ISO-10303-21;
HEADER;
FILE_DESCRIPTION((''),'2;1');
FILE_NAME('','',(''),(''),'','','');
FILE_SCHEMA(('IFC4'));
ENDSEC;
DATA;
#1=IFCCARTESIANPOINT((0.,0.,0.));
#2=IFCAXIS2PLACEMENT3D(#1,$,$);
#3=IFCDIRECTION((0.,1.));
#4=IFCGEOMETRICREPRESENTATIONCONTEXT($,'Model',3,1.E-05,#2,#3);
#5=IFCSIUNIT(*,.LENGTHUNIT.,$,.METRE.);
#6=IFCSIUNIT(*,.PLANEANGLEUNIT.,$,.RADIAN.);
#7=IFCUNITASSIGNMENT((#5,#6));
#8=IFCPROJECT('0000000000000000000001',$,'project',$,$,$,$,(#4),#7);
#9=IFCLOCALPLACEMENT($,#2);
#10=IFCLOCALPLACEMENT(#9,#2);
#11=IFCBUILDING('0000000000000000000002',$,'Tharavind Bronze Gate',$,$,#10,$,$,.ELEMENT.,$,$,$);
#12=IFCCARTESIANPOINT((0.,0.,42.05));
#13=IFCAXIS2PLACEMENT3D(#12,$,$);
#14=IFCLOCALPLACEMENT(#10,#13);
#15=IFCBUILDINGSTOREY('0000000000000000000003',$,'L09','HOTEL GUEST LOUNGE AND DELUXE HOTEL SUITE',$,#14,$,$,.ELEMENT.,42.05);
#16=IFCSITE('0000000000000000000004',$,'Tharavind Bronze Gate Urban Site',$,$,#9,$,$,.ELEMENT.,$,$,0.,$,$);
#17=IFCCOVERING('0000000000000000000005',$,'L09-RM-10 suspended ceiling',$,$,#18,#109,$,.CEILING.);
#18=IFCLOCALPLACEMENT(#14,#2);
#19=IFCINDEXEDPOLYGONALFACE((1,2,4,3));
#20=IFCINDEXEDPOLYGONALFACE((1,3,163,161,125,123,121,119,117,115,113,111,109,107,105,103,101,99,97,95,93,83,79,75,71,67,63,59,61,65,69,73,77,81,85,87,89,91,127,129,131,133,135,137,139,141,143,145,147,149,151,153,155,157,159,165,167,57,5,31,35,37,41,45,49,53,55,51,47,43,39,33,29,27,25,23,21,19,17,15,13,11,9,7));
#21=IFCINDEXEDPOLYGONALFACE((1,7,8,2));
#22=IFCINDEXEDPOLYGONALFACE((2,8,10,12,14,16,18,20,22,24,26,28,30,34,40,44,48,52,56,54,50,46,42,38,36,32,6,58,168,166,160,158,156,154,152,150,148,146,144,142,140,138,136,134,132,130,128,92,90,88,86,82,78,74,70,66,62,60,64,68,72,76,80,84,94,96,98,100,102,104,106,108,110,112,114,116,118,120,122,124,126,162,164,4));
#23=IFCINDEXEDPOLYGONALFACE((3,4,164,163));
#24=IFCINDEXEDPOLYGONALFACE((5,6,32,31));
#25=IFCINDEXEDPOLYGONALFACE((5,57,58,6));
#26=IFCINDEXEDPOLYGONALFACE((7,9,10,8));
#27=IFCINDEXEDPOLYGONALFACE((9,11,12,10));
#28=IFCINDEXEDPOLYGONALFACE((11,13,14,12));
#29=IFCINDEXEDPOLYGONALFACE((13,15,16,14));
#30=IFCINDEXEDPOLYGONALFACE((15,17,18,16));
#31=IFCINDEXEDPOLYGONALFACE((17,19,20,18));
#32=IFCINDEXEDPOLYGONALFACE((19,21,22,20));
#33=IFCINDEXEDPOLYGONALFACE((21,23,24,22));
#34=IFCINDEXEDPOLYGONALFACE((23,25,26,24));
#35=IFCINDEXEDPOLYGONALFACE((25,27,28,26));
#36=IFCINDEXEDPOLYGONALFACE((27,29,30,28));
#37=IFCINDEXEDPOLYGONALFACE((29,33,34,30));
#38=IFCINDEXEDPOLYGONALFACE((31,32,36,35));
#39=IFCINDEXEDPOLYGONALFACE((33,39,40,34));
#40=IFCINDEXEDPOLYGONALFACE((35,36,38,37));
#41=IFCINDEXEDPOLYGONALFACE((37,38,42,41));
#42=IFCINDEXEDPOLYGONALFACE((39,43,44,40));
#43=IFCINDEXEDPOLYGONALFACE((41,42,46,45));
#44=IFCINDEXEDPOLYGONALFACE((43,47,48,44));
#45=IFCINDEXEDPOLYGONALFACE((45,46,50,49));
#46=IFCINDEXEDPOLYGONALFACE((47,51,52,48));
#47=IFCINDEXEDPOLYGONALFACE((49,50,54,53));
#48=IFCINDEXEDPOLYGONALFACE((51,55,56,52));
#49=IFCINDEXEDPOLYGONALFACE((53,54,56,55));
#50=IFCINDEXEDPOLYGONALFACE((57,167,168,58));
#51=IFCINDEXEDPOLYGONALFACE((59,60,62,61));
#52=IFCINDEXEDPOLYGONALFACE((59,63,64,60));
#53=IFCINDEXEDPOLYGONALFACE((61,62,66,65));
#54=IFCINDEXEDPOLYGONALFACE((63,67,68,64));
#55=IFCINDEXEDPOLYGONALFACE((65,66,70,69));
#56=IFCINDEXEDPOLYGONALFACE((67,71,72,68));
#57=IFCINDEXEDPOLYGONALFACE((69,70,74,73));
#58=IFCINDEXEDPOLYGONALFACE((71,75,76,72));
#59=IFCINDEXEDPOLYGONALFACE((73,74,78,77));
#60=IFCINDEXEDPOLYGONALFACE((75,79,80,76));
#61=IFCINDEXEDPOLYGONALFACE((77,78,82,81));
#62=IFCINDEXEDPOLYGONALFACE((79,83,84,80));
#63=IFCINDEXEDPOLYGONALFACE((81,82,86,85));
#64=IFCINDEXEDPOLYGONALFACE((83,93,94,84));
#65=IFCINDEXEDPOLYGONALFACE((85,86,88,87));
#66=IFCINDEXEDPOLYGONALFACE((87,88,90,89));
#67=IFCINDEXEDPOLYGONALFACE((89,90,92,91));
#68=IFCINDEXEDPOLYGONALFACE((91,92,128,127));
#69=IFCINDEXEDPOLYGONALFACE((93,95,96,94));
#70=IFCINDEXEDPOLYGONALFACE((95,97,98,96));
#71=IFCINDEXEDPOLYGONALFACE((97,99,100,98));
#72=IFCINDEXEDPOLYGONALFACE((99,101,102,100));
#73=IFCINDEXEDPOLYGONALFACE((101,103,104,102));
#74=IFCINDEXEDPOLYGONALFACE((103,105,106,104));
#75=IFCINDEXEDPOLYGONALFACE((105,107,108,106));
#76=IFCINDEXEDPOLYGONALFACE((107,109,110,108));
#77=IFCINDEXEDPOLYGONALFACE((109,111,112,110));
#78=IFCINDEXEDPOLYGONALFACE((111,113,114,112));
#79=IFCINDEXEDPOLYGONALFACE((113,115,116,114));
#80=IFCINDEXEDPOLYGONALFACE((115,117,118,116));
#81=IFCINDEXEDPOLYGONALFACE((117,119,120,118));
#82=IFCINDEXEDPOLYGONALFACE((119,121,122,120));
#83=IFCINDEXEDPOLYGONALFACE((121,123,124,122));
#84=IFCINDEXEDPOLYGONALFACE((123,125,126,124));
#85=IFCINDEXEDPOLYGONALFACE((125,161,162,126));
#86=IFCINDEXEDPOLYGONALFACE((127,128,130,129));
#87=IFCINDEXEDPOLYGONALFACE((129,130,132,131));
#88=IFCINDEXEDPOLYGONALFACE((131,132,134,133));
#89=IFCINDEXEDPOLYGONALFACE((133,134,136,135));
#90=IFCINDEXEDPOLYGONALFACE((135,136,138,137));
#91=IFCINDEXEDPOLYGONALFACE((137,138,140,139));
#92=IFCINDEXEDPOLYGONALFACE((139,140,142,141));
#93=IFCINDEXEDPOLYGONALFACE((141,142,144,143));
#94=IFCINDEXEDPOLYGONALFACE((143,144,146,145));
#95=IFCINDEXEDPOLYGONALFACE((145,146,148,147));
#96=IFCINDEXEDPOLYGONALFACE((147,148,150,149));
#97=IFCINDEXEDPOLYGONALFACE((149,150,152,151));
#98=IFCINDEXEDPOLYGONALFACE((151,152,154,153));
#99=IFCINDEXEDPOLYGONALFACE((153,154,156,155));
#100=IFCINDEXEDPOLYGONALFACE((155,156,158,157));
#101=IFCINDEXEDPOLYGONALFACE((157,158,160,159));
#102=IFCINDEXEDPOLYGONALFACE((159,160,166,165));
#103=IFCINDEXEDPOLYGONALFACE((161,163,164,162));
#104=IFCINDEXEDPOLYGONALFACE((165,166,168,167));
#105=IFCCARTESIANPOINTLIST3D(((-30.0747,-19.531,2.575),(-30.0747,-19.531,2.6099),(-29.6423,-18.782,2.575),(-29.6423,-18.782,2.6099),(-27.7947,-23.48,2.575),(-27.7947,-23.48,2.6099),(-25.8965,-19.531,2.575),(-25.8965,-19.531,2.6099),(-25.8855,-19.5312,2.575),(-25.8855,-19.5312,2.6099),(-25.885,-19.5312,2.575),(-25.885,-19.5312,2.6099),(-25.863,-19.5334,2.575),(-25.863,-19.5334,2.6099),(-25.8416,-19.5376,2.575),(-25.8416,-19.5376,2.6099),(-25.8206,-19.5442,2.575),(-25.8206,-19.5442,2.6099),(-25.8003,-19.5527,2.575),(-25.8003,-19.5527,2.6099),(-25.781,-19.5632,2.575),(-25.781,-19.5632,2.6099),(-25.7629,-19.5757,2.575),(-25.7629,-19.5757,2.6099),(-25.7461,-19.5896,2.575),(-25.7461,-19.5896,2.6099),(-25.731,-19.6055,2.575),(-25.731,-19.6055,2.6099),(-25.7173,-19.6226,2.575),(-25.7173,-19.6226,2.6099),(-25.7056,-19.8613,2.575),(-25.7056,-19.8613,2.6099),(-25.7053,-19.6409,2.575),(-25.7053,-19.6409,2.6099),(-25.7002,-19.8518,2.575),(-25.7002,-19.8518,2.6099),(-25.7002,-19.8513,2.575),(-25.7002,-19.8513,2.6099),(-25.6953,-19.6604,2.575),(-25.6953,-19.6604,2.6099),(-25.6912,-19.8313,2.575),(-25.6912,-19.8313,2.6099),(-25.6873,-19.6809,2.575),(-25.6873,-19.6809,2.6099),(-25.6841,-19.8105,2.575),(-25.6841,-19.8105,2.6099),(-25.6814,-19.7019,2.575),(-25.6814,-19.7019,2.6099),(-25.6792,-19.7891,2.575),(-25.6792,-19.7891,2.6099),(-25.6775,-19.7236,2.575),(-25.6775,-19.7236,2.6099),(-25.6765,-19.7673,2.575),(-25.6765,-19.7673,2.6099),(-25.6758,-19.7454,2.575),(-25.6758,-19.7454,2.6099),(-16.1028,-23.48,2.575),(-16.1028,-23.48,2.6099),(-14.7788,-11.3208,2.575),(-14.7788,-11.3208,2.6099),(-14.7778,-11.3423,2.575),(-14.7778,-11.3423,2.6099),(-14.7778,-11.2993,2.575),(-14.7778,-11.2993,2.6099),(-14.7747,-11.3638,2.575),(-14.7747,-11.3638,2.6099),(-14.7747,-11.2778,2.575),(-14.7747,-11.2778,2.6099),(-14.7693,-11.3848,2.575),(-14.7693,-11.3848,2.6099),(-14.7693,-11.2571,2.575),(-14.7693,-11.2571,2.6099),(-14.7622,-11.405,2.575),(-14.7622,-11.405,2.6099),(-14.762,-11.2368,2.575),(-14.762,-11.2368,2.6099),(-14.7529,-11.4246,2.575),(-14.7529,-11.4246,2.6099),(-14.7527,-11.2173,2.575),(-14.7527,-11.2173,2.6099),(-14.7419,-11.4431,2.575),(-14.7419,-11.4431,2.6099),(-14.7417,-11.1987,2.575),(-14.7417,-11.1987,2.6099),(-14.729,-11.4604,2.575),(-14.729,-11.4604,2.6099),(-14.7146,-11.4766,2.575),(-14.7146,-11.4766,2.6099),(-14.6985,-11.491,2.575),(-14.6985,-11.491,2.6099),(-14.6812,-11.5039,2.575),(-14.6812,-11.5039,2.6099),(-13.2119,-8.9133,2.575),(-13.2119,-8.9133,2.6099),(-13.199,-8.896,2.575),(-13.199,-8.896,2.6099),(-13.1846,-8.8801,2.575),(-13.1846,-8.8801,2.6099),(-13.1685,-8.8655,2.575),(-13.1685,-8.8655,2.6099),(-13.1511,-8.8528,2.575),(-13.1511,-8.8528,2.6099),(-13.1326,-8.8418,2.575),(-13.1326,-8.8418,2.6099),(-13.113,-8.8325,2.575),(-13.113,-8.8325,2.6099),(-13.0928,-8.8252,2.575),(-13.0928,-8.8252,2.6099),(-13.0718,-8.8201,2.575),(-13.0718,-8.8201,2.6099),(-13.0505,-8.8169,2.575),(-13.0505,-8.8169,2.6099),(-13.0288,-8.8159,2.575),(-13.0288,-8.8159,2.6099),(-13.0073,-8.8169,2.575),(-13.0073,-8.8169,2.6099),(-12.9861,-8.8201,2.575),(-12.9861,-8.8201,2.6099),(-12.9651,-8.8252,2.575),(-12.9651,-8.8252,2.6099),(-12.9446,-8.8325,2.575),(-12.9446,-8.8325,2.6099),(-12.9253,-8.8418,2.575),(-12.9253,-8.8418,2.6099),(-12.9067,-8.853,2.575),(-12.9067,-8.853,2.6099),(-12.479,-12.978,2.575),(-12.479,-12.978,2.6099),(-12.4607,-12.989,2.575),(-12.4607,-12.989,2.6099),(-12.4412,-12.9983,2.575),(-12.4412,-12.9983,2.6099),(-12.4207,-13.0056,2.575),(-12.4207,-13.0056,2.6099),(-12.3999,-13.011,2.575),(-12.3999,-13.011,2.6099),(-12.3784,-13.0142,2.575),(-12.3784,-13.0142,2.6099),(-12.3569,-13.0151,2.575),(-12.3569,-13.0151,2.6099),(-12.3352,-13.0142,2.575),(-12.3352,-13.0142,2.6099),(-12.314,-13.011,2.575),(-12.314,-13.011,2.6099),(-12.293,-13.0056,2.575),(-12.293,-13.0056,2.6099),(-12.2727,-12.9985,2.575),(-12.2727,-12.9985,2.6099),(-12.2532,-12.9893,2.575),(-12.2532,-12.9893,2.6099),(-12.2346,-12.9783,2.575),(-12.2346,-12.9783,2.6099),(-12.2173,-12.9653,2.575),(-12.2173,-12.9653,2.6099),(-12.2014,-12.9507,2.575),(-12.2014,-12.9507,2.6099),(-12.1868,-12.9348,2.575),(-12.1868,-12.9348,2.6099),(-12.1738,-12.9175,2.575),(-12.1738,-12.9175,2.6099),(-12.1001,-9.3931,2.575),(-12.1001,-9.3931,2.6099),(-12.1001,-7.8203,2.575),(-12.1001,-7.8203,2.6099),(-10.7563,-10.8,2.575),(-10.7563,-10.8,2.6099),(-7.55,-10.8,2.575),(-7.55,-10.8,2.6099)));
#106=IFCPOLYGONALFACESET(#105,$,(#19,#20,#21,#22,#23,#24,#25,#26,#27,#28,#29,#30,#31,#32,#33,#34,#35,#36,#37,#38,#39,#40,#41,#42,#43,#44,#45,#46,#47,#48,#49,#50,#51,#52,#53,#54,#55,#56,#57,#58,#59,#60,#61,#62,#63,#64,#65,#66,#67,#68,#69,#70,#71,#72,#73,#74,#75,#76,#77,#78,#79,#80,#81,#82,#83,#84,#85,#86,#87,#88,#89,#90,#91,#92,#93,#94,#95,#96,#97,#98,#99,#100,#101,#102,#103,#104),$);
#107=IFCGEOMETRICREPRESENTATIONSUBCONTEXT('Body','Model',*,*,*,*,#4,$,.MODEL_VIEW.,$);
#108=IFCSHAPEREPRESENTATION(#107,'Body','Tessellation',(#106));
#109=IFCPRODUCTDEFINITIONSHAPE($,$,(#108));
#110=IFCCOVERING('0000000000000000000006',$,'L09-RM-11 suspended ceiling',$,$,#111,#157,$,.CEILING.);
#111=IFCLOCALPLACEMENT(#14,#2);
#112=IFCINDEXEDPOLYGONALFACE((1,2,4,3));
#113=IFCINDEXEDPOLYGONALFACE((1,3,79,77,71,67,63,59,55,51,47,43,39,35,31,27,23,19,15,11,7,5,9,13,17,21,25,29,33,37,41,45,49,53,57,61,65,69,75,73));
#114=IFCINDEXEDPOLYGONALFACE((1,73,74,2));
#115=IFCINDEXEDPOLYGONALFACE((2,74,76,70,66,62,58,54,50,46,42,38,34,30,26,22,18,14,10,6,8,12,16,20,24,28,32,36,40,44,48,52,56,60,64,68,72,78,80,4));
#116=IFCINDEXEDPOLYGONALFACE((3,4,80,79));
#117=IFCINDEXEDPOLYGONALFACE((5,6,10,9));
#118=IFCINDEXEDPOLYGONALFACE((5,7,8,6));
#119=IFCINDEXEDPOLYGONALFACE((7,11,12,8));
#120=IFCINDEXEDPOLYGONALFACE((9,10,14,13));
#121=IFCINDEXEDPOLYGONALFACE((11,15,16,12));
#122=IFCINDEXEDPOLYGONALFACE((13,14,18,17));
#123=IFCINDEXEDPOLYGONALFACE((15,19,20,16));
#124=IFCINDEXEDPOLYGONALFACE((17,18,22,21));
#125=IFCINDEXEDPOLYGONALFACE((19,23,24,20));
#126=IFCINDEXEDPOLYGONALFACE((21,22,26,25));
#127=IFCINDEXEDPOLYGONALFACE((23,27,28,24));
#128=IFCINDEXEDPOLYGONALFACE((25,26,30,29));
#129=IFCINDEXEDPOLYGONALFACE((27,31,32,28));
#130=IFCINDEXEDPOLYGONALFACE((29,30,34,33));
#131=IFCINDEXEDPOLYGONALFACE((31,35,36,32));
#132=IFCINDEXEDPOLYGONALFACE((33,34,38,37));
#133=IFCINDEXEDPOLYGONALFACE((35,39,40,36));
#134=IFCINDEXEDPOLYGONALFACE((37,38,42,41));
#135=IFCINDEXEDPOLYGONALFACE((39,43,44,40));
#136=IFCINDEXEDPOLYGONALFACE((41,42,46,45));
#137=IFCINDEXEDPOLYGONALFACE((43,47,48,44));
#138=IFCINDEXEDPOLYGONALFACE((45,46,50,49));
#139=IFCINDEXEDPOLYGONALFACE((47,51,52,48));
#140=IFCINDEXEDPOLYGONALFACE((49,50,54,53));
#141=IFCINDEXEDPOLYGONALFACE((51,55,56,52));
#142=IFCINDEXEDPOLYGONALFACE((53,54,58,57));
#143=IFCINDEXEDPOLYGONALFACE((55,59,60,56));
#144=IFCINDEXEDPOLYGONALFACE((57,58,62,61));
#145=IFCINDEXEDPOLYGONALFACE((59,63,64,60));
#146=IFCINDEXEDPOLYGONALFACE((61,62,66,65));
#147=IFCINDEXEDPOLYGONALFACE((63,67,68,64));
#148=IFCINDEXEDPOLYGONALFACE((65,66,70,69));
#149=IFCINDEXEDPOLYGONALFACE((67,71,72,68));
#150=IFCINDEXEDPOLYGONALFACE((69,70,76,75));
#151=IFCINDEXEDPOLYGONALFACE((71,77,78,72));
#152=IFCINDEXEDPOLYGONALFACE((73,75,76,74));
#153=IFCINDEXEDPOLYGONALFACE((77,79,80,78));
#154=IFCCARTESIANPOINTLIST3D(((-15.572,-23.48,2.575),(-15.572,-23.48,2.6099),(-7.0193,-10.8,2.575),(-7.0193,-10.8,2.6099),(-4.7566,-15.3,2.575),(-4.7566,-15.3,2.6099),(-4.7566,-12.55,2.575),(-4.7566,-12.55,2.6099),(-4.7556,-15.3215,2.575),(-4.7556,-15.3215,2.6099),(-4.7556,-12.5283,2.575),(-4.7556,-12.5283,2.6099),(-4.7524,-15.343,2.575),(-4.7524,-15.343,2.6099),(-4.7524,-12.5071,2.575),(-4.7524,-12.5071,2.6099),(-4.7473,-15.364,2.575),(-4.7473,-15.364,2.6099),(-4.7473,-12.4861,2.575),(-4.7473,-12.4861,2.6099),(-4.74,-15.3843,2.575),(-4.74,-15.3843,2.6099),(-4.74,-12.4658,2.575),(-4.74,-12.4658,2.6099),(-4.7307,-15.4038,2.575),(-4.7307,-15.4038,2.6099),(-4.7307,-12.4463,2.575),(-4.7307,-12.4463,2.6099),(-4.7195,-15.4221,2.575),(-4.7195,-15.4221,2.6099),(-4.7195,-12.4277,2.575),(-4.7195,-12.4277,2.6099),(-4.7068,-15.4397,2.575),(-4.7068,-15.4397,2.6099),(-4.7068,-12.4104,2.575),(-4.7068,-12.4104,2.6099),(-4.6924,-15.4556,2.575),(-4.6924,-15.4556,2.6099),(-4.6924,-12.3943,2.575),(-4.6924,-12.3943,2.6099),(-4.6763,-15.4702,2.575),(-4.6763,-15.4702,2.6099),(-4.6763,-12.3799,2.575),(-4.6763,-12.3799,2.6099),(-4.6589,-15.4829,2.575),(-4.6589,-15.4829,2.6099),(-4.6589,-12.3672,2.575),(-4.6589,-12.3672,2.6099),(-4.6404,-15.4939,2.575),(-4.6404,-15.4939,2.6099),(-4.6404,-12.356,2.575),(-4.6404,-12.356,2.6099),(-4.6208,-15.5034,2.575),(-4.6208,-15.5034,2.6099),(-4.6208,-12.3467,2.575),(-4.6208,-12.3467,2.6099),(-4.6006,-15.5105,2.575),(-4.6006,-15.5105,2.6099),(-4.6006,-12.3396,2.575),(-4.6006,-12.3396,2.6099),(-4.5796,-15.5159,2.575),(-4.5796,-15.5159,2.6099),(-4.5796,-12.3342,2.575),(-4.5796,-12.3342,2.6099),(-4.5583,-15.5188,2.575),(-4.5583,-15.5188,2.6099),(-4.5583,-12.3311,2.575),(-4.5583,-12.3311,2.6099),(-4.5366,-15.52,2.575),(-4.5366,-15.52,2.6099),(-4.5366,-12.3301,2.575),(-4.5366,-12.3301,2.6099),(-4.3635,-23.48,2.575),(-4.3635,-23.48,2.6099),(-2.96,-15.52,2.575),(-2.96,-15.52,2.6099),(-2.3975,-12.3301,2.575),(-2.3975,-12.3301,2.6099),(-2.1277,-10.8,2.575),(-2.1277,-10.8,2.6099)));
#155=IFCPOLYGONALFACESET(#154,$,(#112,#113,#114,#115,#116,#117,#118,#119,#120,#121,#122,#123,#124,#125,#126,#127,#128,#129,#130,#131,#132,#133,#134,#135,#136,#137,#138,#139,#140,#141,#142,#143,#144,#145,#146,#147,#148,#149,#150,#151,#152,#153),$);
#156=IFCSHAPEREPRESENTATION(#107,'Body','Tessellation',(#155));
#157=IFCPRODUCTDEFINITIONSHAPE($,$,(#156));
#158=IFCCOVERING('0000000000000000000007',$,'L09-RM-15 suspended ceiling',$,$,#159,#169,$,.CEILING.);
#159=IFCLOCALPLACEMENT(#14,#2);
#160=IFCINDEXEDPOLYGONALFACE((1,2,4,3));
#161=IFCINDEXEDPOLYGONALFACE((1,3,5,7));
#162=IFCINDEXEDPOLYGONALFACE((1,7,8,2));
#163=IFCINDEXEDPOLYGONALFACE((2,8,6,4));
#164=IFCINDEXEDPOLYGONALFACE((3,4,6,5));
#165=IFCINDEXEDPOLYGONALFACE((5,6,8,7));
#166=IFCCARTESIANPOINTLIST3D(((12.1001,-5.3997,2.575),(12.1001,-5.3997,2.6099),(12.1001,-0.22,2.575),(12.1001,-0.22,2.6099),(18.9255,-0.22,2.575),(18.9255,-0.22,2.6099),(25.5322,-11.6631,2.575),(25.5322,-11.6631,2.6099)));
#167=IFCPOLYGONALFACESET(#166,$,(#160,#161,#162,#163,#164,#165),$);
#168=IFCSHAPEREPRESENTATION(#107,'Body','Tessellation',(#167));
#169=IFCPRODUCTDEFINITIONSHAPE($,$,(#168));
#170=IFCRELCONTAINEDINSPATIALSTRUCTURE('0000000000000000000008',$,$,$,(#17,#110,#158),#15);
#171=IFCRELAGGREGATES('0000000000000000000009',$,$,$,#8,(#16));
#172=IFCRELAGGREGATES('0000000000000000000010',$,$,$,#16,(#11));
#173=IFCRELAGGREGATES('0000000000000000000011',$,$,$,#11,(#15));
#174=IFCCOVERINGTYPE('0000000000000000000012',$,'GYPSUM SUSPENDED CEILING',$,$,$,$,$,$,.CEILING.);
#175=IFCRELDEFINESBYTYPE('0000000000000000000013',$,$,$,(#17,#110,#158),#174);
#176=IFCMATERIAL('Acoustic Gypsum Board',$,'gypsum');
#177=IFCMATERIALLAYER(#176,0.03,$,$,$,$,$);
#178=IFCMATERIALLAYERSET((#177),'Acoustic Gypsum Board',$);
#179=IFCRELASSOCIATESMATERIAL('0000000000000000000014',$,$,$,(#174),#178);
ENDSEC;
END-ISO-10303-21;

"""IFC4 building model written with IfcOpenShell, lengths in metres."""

from ifc_helpers import new_model, si_unit, direction, frame, origin, place, context, subcontext, project, spatial, polyline, outline, extrude, material, layer, layer_set, type_object, element, save


model = new_model("IFC4")

# Units and contexts
model_context = context("Model", 3, precision=1e-05, world=origin(), true_north=direction((0.0, 1.0)))
body_context = subcontext(model_context, "Body", "Model", "MODEL_VIEW")
ifc_project = project(units=[si_unit("LENGTHUNIT", "METRE"), si_unit("PLANEANGLEUNIT", "RADIAN")], contexts=[model_context])

# Site, building, storey
site_placement = place(None, origin())
site = spatial("IfcSite", under=ifc_project, at=site_placement, Name="Tharavind Bronze Gate Urban Site", CompositionType="ELEMENT", RefElevation=0.0)
building_placement = place(site_placement, origin())
building = spatial("IfcBuilding", under=site, at=building_placement, Name="Tharavind Bronze Gate", CompositionType="ELEMENT")
storey_placement = place(building_placement, frame((0.0, 0.0, 42.05)))
storey = spatial("IfcBuildingStorey", under=building, at=storey_placement, Name="L09", Description="HOTEL GUEST LOUNGE AND DELUXE HOTEL SUITE", CompositionType="ELEMENT", Elevation=42.05)

# Coverings
ifc_material_1 = material(Name="Acoustic Gypsum Board", Category="gypsum")
ifc_layer_1 = layer(ifc_material_1, 0.03)
ifc_layer_set_1 = layer_set([ifc_layer_1], Name="Acoustic Gypsum Board")
covering_type_1 = type_object("IfcCoveringType", Name="GYPSUM SUSPENDED CEILING", PredefinedType="CEILING", material=ifc_layer_set_1)
covering_1_placement = place(storey_placement, frame((0.0, 0.0, 2.575)))
element("IfcCovering", 1, at=covering_1_placement, inside=storey, type_object=covering_type_1, Name="L09-RM-10 suspended ceiling", PredefinedType="CEILING", context=body_context, shape_type="SweptSolid", body=[
    extrude(outline(polyline([(-25.8965, -19.531), (-25.8855, -19.5312), (-25.885, -19.5312), (-25.863, -19.5334), (-25.8416, -19.5376), (-25.8206, -19.5442), (-25.8003, -19.5527), (-25.781, -19.5632), (-25.7629, -19.5757), (-25.7461, -19.5896), (-25.731, -19.6055), (-25.7173, -19.6226), (-25.7053, -19.6409), (-25.6953, -19.6604), (-25.6873, -19.6809), (-25.6814, -19.7019), (-25.6775, -19.7236), (-25.6758, -19.7454), (-25.6765, -19.7673), (-25.6792, -19.7891), (-25.6841, -19.8105), (-25.6912, -19.8313), (-25.7002, -19.8513), (-25.7002, -19.8518), (-25.7056, -19.8613), (-27.7947, -23.48), (-16.1028, -23.48), (-7.55, -10.8), (-10.7563, -10.8), (-12.1738, -12.9175), (-12.1868, -12.9348), (-12.2014, -12.9507), (-12.2173, -12.9653), (-12.2346, -12.9783), (-12.2532, -12.9893), (-12.2727, -12.9985), (-12.293, -13.0056), (-12.314, -13.011), (-12.3352, -13.0142), (-12.3569, -13.0151), (-12.3784, -13.0142), (-12.3999, -13.011), (-12.4207, -13.0056), (-12.4412, -12.9983), (-12.4607, -12.989), (-12.479, -12.978), (-14.6812, -11.5039), (-14.6985, -11.491), (-14.7146, -11.4766), (-14.729, -11.4604), (-14.7419, -11.4431), (-14.7529, -11.4246), (-14.7622, -11.405), (-14.7693, -11.3848), (-14.7747, -11.3638), (-14.7778, -11.3423), (-14.7788, -11.3208), (-14.7778, -11.2993), (-14.7747, -11.2778), (-14.7693, -11.2571), (-14.762, -11.2368), (-14.7527, -11.2173), (-14.7417, -11.1987), (-13.2119, -8.9133), (-13.199, -8.896), (-13.1846, -8.8801), (-13.1685, -8.8655), (-13.1511, -8.8528), (-13.1326, -8.8418), (-13.113, -8.8325), (-13.0928, -8.8252), (-13.0718, -8.8201), (-13.0505, -8.8169), (-13.0288, -8.8159), (-13.0073, -8.8169), (-12.9861, -8.8201), (-12.9651, -8.8252), (-12.9446, -8.8325), (-12.9253, -8.8418), (-12.9067, -8.853), (-12.1001, -9.3931), (-12.1001, -7.8203), (-29.6423, -18.782), (-30.0747, -19.531), (-25.8965, -19.531)])), origin(), (0.0, 0.0, 1.0), 0.0349),
])
covering_2_placement = place(storey_placement, frame((0.0, 0.0, 2.575)))
element("IfcCovering", 2, at=covering_2_placement, inside=storey, type_object=covering_type_1, Name="L09-RM-11 suspended ceiling", PredefinedType="CEILING", context=body_context, shape_type="SweptSolid", body=[
    extrude(outline(polyline([(-4.3635, -23.48), (-2.96, -15.52), (-4.5366, -15.52), (-4.5583, -15.5188), (-4.5796, -15.5159), (-4.6006, -15.5105), (-4.6208, -15.5034), (-4.6404, -15.4939), (-4.6589, -15.4829), (-4.6763, -15.4702), (-4.6924, -15.4556), (-4.7068, -15.4397), (-4.7195, -15.4221), (-4.7307, -15.4038), (-4.74, -15.3843), (-4.7473, -15.364), (-4.7524, -15.343), (-4.7556, -15.3215), (-4.7566, -15.3), (-4.7566, -12.55), (-4.7556, -12.5283), (-4.7524, -12.5071), (-4.7473, -12.4861), (-4.74, -12.4658), (-4.7307, -12.4463), (-4.7195, -12.4277), (-4.7068, -12.4104), (-4.6924, -12.3943), (-4.6763, -12.3799), (-4.6589, -12.3672), (-4.6404, -12.356), (-4.6208, -12.3467), (-4.6006, -12.3396), (-4.5796, -12.3342), (-4.5583, -12.3311), (-4.5366, -12.3301), (-2.3975, -12.3301), (-2.1277, -10.8), (-7.0193, -10.8), (-15.572, -23.48), (-4.3635, -23.48)])), origin(), (0.0, 0.0, 1.0), 0.0349),
])
covering_3_placement = place(storey_placement, frame((0.0, 0.0, 2.575)))
element("IfcCovering", 3, at=covering_3_placement, inside=storey, type_object=covering_type_1, Name="L09-RM-15 suspended ceiling", PredefinedType="CEILING", context=body_context, shape_type="SweptSolid", body=[
    extrude(outline(polyline([(12.1001, -5.3997), (25.5322, -11.6631), (18.9255, -0.22), (12.1001, -0.22), (12.1001, -5.3997)])), origin(), (0.0, 0.0, 1.0), 0.0349),
])

save(model, "model.ifc")
